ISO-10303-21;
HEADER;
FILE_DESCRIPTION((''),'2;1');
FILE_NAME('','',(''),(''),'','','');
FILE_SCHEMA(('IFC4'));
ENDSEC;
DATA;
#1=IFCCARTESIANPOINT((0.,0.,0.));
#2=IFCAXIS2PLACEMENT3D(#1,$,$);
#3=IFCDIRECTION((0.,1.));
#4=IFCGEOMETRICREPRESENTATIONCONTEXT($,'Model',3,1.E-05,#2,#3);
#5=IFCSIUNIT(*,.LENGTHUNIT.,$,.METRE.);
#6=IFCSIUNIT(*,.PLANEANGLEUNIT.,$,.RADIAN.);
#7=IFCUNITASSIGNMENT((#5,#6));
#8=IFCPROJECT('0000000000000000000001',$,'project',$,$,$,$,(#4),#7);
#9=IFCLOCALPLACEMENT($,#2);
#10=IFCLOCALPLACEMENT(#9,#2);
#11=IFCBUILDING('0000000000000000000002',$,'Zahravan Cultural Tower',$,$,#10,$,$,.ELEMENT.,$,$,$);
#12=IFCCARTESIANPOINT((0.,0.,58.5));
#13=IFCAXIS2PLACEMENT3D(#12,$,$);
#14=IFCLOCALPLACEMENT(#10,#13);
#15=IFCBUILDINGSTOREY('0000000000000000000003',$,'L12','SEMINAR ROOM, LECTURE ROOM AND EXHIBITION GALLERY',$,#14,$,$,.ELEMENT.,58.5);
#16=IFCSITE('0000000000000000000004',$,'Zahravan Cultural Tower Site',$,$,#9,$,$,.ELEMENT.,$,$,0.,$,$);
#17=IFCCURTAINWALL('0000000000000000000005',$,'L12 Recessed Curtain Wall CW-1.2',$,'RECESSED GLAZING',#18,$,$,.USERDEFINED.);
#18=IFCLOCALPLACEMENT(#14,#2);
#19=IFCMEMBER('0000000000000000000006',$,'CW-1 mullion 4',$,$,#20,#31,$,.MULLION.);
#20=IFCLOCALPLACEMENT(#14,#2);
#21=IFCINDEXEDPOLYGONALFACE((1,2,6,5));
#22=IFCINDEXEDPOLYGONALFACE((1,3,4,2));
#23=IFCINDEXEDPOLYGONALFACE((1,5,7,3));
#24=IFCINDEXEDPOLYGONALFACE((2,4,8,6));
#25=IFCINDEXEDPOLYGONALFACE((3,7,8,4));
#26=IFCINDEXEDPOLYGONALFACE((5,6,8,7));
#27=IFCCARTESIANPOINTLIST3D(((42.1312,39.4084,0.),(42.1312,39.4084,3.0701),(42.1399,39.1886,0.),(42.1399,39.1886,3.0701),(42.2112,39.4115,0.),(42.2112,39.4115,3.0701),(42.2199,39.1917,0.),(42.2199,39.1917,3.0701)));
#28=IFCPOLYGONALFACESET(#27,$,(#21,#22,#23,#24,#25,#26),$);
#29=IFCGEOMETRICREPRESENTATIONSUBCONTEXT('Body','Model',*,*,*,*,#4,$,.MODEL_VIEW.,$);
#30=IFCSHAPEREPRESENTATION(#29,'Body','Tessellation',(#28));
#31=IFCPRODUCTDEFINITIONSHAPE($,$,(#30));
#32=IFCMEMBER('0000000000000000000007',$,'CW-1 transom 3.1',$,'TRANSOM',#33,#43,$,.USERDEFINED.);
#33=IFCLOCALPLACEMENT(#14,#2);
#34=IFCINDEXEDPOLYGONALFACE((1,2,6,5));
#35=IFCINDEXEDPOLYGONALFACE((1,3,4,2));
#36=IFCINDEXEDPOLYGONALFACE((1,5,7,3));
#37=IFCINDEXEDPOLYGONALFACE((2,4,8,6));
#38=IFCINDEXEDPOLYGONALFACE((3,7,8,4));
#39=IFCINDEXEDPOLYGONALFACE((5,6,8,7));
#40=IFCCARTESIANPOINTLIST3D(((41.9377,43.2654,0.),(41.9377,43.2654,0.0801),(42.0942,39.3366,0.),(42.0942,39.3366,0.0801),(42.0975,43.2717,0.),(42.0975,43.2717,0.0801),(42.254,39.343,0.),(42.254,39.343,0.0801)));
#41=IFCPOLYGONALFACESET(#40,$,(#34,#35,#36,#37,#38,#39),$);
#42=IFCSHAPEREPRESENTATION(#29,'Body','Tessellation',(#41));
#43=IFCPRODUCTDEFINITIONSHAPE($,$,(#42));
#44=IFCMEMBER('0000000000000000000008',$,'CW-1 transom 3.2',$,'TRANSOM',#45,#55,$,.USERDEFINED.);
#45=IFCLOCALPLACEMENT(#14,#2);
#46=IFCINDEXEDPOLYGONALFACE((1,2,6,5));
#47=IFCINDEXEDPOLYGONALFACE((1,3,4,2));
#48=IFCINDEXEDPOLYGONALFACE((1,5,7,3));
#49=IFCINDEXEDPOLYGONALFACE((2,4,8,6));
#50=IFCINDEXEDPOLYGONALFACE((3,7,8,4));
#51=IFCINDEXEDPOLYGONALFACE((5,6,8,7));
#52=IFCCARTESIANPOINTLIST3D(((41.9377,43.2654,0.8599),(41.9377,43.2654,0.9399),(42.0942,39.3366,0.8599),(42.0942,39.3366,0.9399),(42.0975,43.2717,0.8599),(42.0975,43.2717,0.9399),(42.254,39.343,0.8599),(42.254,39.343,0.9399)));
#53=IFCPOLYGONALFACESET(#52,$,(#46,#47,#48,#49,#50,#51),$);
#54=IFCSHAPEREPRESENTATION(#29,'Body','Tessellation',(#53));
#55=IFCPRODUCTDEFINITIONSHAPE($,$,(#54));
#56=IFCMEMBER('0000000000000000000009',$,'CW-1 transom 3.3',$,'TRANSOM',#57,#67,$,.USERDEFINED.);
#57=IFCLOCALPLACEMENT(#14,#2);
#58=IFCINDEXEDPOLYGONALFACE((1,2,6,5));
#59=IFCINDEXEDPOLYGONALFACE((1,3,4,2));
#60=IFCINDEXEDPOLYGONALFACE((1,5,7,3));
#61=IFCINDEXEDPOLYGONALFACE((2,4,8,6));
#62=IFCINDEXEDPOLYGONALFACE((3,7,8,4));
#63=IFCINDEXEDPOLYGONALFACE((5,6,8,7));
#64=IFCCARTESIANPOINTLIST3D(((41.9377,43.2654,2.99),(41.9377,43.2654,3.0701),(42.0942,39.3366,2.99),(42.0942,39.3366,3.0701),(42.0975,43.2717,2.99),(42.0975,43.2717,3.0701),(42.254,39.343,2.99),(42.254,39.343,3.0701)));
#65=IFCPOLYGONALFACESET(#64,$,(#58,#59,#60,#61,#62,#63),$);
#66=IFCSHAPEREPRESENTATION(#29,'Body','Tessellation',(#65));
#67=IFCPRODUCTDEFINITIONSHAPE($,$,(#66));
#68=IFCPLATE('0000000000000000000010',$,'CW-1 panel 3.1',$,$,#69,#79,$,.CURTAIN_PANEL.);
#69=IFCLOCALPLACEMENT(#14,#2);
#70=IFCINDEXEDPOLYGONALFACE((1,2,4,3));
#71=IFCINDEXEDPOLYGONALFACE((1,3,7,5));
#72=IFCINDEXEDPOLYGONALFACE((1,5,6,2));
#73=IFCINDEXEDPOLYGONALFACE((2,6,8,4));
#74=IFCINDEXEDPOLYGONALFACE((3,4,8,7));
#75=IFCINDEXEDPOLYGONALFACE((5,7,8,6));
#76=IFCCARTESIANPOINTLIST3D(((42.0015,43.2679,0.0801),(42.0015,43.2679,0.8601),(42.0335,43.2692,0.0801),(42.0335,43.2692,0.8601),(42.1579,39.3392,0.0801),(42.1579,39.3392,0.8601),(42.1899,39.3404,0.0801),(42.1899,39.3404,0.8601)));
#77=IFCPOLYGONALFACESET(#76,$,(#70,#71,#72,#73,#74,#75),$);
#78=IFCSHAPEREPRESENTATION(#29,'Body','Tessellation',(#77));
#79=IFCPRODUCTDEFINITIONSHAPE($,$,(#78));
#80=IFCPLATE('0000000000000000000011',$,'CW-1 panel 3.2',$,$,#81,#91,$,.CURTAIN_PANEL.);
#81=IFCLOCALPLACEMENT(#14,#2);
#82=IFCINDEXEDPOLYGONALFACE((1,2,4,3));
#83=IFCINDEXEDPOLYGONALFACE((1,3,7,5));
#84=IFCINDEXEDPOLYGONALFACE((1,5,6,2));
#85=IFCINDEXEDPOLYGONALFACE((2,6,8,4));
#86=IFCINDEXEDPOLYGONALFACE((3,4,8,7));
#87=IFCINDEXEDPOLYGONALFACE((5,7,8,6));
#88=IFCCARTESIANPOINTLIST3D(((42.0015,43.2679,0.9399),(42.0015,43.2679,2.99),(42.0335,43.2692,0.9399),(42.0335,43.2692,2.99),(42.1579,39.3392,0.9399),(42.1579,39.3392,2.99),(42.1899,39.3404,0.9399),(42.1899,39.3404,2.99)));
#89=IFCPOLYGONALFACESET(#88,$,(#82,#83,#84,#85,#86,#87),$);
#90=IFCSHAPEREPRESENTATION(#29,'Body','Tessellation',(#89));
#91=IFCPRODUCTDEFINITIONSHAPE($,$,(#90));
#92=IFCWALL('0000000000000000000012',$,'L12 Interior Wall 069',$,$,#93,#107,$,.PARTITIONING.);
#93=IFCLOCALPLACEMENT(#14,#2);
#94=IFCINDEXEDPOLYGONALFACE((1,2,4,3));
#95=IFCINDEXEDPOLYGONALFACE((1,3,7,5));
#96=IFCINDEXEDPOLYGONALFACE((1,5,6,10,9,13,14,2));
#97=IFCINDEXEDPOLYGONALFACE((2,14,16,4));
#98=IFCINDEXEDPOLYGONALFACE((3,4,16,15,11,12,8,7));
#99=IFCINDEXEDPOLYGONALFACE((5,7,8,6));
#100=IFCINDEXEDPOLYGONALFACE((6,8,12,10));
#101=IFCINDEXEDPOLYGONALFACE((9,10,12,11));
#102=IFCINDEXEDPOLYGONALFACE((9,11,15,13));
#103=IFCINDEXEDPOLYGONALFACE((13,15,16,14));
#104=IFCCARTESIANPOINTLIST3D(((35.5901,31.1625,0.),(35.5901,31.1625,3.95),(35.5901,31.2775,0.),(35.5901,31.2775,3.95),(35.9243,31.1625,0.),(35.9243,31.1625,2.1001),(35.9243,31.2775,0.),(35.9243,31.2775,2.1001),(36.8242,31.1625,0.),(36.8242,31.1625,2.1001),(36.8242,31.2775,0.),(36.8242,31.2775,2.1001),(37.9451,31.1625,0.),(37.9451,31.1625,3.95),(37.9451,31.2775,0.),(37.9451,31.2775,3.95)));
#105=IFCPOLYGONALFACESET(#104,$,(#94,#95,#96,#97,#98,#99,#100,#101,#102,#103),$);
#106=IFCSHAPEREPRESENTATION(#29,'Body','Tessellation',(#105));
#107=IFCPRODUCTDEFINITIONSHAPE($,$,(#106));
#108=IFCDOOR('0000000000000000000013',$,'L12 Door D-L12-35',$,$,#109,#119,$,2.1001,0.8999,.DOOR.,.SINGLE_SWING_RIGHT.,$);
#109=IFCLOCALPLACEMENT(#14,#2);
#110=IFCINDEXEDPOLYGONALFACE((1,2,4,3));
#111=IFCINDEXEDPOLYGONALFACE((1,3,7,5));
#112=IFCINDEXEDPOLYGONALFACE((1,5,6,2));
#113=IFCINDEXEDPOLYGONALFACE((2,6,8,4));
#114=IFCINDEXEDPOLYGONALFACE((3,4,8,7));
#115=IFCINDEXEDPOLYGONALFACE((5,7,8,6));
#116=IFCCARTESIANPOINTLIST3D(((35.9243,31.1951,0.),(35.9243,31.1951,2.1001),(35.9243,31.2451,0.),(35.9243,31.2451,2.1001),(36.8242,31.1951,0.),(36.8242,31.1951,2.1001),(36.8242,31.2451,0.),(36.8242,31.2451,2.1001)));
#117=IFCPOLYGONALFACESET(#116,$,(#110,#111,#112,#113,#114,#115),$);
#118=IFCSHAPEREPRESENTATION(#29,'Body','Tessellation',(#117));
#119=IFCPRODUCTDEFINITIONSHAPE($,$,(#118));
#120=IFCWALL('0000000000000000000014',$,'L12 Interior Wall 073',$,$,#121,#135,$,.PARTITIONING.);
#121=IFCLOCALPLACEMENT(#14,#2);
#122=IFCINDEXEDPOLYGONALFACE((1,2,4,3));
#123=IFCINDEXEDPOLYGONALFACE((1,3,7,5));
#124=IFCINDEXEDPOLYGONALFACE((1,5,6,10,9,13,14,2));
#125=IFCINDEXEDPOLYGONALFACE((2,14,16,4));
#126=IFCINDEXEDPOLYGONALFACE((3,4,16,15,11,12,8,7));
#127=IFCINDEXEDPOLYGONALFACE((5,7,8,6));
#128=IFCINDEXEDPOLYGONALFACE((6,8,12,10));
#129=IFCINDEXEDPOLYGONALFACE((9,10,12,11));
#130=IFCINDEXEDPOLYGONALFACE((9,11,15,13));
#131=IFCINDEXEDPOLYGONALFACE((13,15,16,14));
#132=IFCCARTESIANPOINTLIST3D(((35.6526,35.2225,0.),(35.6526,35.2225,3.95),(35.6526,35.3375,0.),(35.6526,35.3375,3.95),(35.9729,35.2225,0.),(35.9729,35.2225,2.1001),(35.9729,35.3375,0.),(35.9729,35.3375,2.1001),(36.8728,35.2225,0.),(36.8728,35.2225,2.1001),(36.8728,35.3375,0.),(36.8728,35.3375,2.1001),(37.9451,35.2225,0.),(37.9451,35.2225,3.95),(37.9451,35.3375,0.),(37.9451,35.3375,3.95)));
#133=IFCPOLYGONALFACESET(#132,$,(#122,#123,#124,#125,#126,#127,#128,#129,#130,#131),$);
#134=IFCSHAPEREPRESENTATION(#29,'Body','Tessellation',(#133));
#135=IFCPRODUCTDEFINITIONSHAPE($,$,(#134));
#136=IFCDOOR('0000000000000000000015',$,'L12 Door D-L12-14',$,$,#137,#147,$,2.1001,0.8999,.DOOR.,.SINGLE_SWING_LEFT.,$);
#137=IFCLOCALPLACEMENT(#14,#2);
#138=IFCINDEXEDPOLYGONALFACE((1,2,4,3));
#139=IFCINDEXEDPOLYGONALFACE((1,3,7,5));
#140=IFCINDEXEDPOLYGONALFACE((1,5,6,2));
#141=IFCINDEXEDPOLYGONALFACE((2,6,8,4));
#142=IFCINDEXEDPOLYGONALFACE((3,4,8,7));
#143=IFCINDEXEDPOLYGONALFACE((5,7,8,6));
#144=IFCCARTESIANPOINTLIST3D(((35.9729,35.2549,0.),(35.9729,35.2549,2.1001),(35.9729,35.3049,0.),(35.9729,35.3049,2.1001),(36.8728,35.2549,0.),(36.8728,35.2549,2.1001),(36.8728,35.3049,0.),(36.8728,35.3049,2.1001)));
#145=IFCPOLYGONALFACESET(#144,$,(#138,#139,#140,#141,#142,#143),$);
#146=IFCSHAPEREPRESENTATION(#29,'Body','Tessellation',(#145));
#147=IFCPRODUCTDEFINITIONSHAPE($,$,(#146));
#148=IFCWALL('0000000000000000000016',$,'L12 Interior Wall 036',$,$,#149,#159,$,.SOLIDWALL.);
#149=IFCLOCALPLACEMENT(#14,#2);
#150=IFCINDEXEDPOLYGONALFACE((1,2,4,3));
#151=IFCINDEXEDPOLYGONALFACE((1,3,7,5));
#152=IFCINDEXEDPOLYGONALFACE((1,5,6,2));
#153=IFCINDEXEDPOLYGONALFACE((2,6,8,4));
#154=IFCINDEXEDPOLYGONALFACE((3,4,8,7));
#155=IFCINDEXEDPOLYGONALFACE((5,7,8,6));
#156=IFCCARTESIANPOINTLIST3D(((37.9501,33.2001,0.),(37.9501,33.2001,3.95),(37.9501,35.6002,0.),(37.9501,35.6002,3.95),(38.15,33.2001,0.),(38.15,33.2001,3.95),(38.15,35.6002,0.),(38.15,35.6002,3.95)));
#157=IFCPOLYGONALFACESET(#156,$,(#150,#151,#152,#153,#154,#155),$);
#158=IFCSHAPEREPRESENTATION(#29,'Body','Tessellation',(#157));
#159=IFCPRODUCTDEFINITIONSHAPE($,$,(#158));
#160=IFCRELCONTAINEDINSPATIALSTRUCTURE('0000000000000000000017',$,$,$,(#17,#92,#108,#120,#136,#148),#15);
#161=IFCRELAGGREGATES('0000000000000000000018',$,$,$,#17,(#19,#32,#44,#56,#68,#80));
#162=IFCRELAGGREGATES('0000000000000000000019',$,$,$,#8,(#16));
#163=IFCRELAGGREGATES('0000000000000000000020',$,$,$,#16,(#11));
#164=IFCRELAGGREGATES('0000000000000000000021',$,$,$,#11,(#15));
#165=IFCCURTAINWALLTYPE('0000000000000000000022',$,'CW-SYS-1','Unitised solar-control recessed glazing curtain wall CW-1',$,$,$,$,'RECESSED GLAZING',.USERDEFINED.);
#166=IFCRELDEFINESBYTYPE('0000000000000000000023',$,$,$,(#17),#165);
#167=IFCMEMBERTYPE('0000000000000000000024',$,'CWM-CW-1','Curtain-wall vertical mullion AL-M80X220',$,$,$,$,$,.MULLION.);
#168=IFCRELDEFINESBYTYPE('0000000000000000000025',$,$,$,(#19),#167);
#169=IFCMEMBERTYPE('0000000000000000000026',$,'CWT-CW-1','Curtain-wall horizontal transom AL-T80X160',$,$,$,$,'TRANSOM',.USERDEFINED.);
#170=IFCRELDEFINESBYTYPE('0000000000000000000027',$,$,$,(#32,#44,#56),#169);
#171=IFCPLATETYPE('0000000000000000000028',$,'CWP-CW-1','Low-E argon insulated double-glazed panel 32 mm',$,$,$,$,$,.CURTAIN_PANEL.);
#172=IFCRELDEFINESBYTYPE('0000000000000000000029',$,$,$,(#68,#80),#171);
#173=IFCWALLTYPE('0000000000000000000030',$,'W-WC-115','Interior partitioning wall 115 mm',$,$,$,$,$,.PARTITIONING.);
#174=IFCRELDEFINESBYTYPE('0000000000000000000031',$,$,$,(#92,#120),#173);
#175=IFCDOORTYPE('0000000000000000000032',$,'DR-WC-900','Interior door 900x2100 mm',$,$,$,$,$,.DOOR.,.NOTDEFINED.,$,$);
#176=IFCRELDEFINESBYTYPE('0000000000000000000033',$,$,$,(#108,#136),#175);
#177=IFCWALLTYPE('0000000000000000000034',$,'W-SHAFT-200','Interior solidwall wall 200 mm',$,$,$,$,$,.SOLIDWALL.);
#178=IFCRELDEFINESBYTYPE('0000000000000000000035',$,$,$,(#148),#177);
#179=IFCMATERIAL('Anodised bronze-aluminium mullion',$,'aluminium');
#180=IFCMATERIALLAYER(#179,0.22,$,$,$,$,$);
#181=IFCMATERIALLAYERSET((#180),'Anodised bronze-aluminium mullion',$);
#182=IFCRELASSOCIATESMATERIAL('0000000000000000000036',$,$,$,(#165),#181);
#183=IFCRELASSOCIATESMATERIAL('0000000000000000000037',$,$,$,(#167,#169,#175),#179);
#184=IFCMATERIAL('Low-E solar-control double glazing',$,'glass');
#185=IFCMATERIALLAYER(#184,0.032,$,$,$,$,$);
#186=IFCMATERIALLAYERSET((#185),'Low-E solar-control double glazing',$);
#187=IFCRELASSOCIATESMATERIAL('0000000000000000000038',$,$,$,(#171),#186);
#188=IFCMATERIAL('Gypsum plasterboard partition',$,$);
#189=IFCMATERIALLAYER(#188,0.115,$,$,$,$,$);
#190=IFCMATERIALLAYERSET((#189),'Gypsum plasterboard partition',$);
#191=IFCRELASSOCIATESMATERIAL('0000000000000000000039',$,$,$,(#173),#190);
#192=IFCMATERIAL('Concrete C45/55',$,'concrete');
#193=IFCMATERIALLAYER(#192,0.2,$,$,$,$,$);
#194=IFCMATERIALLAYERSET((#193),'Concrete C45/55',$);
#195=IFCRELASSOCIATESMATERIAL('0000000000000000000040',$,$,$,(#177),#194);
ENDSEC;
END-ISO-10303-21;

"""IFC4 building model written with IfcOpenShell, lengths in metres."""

from ifc_helpers import new_model, si_unit, direction, frame, frame_2d, origin, origin_2d, place, context, subcontext, project, spatial, rectangle, extrude, source, transform, mapped, material, layer, layer_set, material_profile, profile_set, type_object, element, fill, aggregate, save


model = new_model("IFC4")

# Units and contexts
model_context = context("Model", 3, precision=1e-05, world=origin(), true_north=direction((0.0, 1.0)))
body_context = subcontext(model_context, "Body", "Model", "MODEL_VIEW")
ifc_project = project(units=[si_unit("LENGTHUNIT", "METRE"), si_unit("PLANEANGLEUNIT", "RADIAN")], contexts=[model_context])

# Site, building, storey
site_placement = place(None, origin())
site = spatial("IfcSite", under=ifc_project, at=site_placement, Name="Zahravan Cultural Tower Site", CompositionType="ELEMENT", RefElevation=0.0)
building_placement = place(site_placement, origin())
building = spatial("IfcBuilding", under=site, at=building_placement, Name="Zahravan Cultural Tower", CompositionType="ELEMENT")
storey_placement = place(building_placement, frame((0.0, 0.0, 58.5)))
storey = spatial("IfcBuildingStorey", under=building, at=storey_placement, Name="L12", Description="SEMINAR ROOM, LECTURE ROOM AND EXHIBITION GALLERY", CompositionType="ELEMENT", Elevation=58.5)

# Curtain wall, members, plates
ifc_material_1 = material(Name="Anodised bronze-aluminium mullion", Category="aluminium")
ifc_layer_1 = layer(ifc_material_1, 0.22)
ifc_layer_set_1 = layer_set([ifc_layer_1], Name="Anodised bronze-aluminium mullion")
curtain_wall_type = type_object("IfcCurtainWallType", Name="CW-SYS-1", Description="Unitised solar-control recessed glazing curtain wall CW-1", ElementType="RECESSED GLAZING", PredefinedType="USERDEFINED", material=ifc_layer_set_1)
curtain_wall_placement = place(storey_placement, origin())
curtain_wall = element("IfcCurtainWall", 1, at=curtain_wall_placement, inside=storey, type_object=curtain_wall_type, Name="L12 Recessed Curtain Wall CW-1.2", ObjectType="RECESSED GLAZING", PredefinedType="USERDEFINED")
ifc_material_profile_1 = material_profile(ifc_material_1, rectangle(XDim=0.0801, YDim=0.22, at=origin_2d()), Name="AL-M80X220")
ifc_profile_set_1 = profile_set([ifc_material_profile_1], Name="Anodised bronze-aluminium mullion")
member_type_1 = type_object("IfcMemberType", Name="CWM-CW-1", Description="Curtain-wall vertical mullion AL-M80X220", PredefinedType="MULLION", material=ifc_profile_set_1)
shared_shape_1 = source(origin(), body_context, "Body", "SweptSolid", [
    extrude(rectangle(XDim=0.0801, YDim=0.22, at=origin_2d()), origin(), (0.0, 0.0, 1.0), 3.0701),
])
member_1_placement = place(storey_placement, frame((42.1755, 39.3, 0.0), z_axis=(0.0, 0.0, 1.0), x_axis=(0.999208, 0.039785, 0.0)))
member_1 = element("IfcMember", 2, at=member_1_placement, type_object=member_type_1, Name="CW-1 mullion 4", PredefinedType="MULLION", context=body_context, shape_type="MappedRepresentation", body=[
    mapped(shared_shape_1, transform((0.0, 0.0, 0.0), x_axis=(1.0, 0.0, 0.0), y_axis=(0.0, 1.0, 0.0), z_axis=(0.0, 0.0, 1.0), scale=1.0)),
])
ifc_material_profile_2 = material_profile(ifc_material_1, rectangle(XDim=0.1599, YDim=0.0801, at=origin_2d()), Name="AL-T80X160")
ifc_profile_set_2 = profile_set([ifc_material_profile_2], Name="Anodised bronze-aluminium mullion")
member_type_2 = type_object("IfcMemberType", Name="CWT-CW-1", Description="Curtain-wall horizontal transom AL-T80X160", ElementType="TRANSOM", PredefinedType="USERDEFINED", material=ifc_profile_set_2)
shared_shape_2 = source(origin(), body_context, "Body", "SweptSolid", [
    extrude(rectangle(XDim=0.1599, YDim=0.0801, at=origin_2d()), origin(), (0.0, 0.0, 1.0), 3.9319),
])
member_2_placement = place(storey_placement, frame((42.0176, 43.2686, 0.04), z_axis=(0.039802, -0.999208, 0.0), x_axis=(0.999208, 0.039802, 0.0)))
member_2 = element("IfcMember", 3, at=member_2_placement, type_object=member_type_2, Name="CW-1 transom 3.1", ObjectType="TRANSOM", PredefinedType="USERDEFINED", context=body_context, shape_type="MappedRepresentation", body=[
    mapped(shared_shape_2, transform((0.0, 0.0, 0.0), x_axis=(1.0, 0.0, 0.0), y_axis=(0.0, 1.0, 0.0), z_axis=(0.0, 0.0, 1.0), scale=1.0)),
])
member_3_placement = place(storey_placement, frame((42.0176, 43.2686, 0.8999), z_axis=(0.039802, -0.999208, 0.0), x_axis=(0.999208, 0.039802, 0.0)))
member_3 = element("IfcMember", 4, at=member_3_placement, type_object=member_type_2, Name="CW-1 transom 3.2", ObjectType="TRANSOM", PredefinedType="USERDEFINED", context=body_context, shape_type="MappedRepresentation", body=[
    mapped(shared_shape_2, transform((0.0, 0.0, 0.0), x_axis=(1.0, 0.0, 0.0), y_axis=(0.0, 1.0, 0.0), z_axis=(0.0, 0.0, 1.0), scale=1.0)),
])
member_4_placement = place(storey_placement, frame((42.0176, 43.2686, 3.03), z_axis=(0.039802, -0.999208, 0.0), x_axis=(0.999208, 0.039802, 0.0)))
member_4 = element("IfcMember", 5, at=member_4_placement, type_object=member_type_2, Name="CW-1 transom 3.3", ObjectType="TRANSOM", PredefinedType="USERDEFINED", context=body_context, shape_type="MappedRepresentation", body=[
    mapped(shared_shape_2, transform((0.0, 0.0, 0.0), x_axis=(1.0, 0.0, 0.0), y_axis=(0.0, 1.0, 0.0), z_axis=(0.0, 0.0, 1.0), scale=1.0)),
])
ifc_material_2 = material(Name="Low-E solar-control double glazing", Category="glass")
ifc_layer_2 = layer(ifc_material_2, 0.032)
ifc_layer_set_2 = layer_set([ifc_layer_2], Name="Low-E solar-control double glazing")
plate_type = type_object("IfcPlateType", Name="CWP-CW-1", Description="Low-E argon insulated double-glazed panel 32 mm", PredefinedType="CURTAIN_PANEL", material=ifc_layer_set_2)
shared_shape_3 = source(origin(), body_context, "Body", "SweptSolid", [
    extrude(rectangle(XDim=3.9319, YDim=0.032, at=origin_2d()), origin(), (0.0, 0.0, 1.0), 0.78),
])
plate_1_placement = place(storey_placement, frame((42.0957, 41.3042, 0.0801), z_axis=(0.0, 0.0, 1.0), x_axis=(0.039785, -0.999208, 0.0)))
plate_1 = element("IfcPlate", 6, at=plate_1_placement, type_object=plate_type, Name="CW-1 panel 3.1", PredefinedType="CURTAIN_PANEL", context=body_context, shape_type="MappedRepresentation", body=[
    mapped(shared_shape_3, transform((0.0, 0.0, 0.0), x_axis=(1.0, 0.0, 0.0), y_axis=(0.0, 1.0, 0.0), z_axis=(0.0, 0.0, 1.0), scale=1.0)),
])
shared_shape_4 = source(origin(), body_context, "Body", "SweptSolid", [
    extrude(rectangle(XDim=3.9319, YDim=0.032, at=origin_2d()), origin(), (0.0, 0.0, 1.0), 2.05),
])
plate_2_placement = place(storey_placement, frame((42.0957, 41.3042, 0.9399), z_axis=(0.0, 0.0, 1.0), x_axis=(0.039785, -0.999208, 0.0)))
plate_2 = element("IfcPlate", 7, at=plate_2_placement, type_object=plate_type, Name="CW-1 panel 3.2", PredefinedType="CURTAIN_PANEL", context=body_context, shape_type="MappedRepresentation", body=[
    mapped(shared_shape_4, transform((0.0, 0.0, 0.0), x_axis=(1.0, 0.0, 0.0), y_axis=(0.0, 1.0, 0.0), z_axis=(0.0, 0.0, 1.0), scale=1.0)),
])
aggregate(curtain_wall, [member_1, member_2, member_3, member_4, plate_1, plate_2])

# Walls, openings, doors
ifc_material_3 = material(Name="Gypsum plasterboard partition")
ifc_layer_3 = layer(ifc_material_3, 0.115)
ifc_layer_set_3 = layer_set([ifc_layer_3], Name="Gypsum plasterboard partition")
wall_type_1 = type_object("IfcWallType", Name="W-WC-115", Description="Interior partitioning wall 115 mm", PredefinedType="PARTITIONING", material=ifc_layer_set_3)
wall_1_placement = place(storey_placement, frame((37.9451, 31.22, 0.0), z_axis=(0.0, 0.0, 1.0), x_axis=(-1.0, 0.0, 0.0)))
wall_1 = element("IfcWall", 8, at=wall_1_placement, inside=storey, type_object=wall_type_1, Name="L12 Interior Wall 069", PredefinedType="PARTITIONING", context=body_context, shape_type="SweptSolid", body=[
    extrude(rectangle(XDim=2.355, YDim=0.115, at=frame_2d((1.1775, 0.0))), origin(), (0.0, 0.0, 1.0), 3.95),
])
opening_1_placement = place(wall_1_placement, frame((1.1208, 0.0, 0.0)))
opening_1 = element("IfcOpeningElement", 9, at=opening_1_placement, cuts=wall_1, PredefinedType="OPENING", context=body_context, shape_type="SweptSolid", body=[
    extrude(rectangle(XDim=0.8999, YDim=2.1001, at=frame_2d((0.45, 1.05))), frame((0.0, 0.0674, 0.0), z_axis=(0.0, -1.0, 0.0), x_axis=(1.0, 0.0, 0.0)), (0.0, 0.0, 1.0), 0.135),
])
door_type_1 = type_object("IfcDoorType", Name="DR-WC-900", Description="Interior door 900x2100 mm", OperationType="NOTDEFINED", PredefinedType="DOOR", material=ifc_material_1)
shared_shape_5 = source(origin(), body_context, "Body", "SweptSolid", [
    extrude(rectangle(XDim=0.8999, YDim=2.1001, at=frame_2d((0.45, 1.05))), frame((0.0, 0.0249, 0.0), z_axis=(0.0, -1.0, 0.0), x_axis=(1.0, 0.0, 0.0)), (0.0, 0.0, 1.0), 0.05),
])
door_1_placement = place(opening_1_placement, origin())
door_1 = element("IfcDoor", 10, at=door_1_placement, inside=storey, type_object=door_type_1, Name="L12 Door D-L12-35", OperationType="SINGLE_SWING_RIGHT", OverallHeight=2.1001, OverallWidth=0.8999, PredefinedType="DOOR", context=body_context, shape_type="MappedRepresentation", body=[
    mapped(shared_shape_5, transform((0.0, 0.0, 0.0), x_axis=(1.0, 0.0, 0.0), y_axis=(0.0, 1.0, 0.0), z_axis=(0.0, 0.0, 1.0), scale=1.0)),
])
fill(opening_1, door_1)
wall_2_placement = place(storey_placement, frame((35.6526, 35.28, 0.0), z_axis=(0.0, 0.0, 1.0), x_axis=(1.0, 0.0, 0.0)))
wall_2 = element("IfcWall", 11, at=wall_2_placement, inside=storey, type_object=wall_type_1, Name="L12 Interior Wall 073", PredefinedType="PARTITIONING", context=body_context, shape_type="SweptSolid", body=[
    extrude(rectangle(XDim=2.2925, YDim=0.115, at=frame_2d((1.1462, 0.0))), origin(), (0.0, 0.0, 1.0), 3.95),
])
opening_2_placement = place(wall_2_placement, frame((0.3203, 0.0, 0.0)))
opening_2 = element("IfcOpeningElement", 12, at=opening_2_placement, cuts=wall_2, PredefinedType="OPENING", context=body_context, shape_type="SweptSolid", body=[
    extrude(rectangle(XDim=0.8999, YDim=2.1001, at=frame_2d((0.45, 1.05))), frame((0.0, 0.0674, 0.0), z_axis=(0.0, -1.0, 0.0), x_axis=(1.0, 0.0, 0.0)), (0.0, 0.0, 1.0), 0.135),
])
door_2_placement = place(opening_2_placement, origin())
door_2 = element("IfcDoor", 13, at=door_2_placement, inside=storey, type_object=door_type_1, Name="L12 Door D-L12-14", OperationType="SINGLE_SWING_LEFT", OverallHeight=2.1001, OverallWidth=0.8999, PredefinedType="DOOR", context=body_context, shape_type="MappedRepresentation", body=[
    mapped(shared_shape_5, transform((0.0, 0.0, 0.0), x_axis=(1.0, 0.0, 0.0), y_axis=(0.0, 1.0, 0.0), z_axis=(0.0, 0.0, 1.0), scale=1.0)),
])
fill(opening_2, door_2)

# Wall
ifc_material_4 = material(Name="Concrete C45/55", Category="concrete")
ifc_layer_4 = layer(ifc_material_4, 0.2)
ifc_layer_set_4 = layer_set([ifc_layer_4], Name="Concrete C45/55")
wall_type_2 = type_object("IfcWallType", Name="W-SHAFT-200", Description="Interior solidwall wall 200 mm", PredefinedType="SOLIDWALL", material=ifc_layer_set_4)
shared_shape_6 = source(origin(), body_context, "Body", "SweptSolid", [
    extrude(rectangle(XDim=2.4001, YDim=0.2, at=frame_2d((1.2002, 0.0))), origin(), (0.0, 0.0, 1.0), 3.95),
])
for number, where, z_axis, x_axis, name in (
    (14, (38.05, 33.2, 0.0), (0.0, 0.0, 1.0), (0.0, 1.0, 0.0), "L12 Interior Wall 036"),
):
    element("IfcWall", number, at=place(storey_placement, frame(where, z_axis=z_axis, x_axis=x_axis)), inside=storey, type_object=wall_type_2, Name=name, PredefinedType="SOLIDWALL", context=body_context, shape_type="MappedRepresentation", body=[
        mapped(shared_shape_6, transform((0.0, 0.0, 0.0), x_axis=(1.0, 0.0, 0.0), y_axis=(0.0, 1.0, 0.0), z_axis=(0.0, 0.0, 1.0), scale=1.0)),
    ])

save(model, "model.ifc")
